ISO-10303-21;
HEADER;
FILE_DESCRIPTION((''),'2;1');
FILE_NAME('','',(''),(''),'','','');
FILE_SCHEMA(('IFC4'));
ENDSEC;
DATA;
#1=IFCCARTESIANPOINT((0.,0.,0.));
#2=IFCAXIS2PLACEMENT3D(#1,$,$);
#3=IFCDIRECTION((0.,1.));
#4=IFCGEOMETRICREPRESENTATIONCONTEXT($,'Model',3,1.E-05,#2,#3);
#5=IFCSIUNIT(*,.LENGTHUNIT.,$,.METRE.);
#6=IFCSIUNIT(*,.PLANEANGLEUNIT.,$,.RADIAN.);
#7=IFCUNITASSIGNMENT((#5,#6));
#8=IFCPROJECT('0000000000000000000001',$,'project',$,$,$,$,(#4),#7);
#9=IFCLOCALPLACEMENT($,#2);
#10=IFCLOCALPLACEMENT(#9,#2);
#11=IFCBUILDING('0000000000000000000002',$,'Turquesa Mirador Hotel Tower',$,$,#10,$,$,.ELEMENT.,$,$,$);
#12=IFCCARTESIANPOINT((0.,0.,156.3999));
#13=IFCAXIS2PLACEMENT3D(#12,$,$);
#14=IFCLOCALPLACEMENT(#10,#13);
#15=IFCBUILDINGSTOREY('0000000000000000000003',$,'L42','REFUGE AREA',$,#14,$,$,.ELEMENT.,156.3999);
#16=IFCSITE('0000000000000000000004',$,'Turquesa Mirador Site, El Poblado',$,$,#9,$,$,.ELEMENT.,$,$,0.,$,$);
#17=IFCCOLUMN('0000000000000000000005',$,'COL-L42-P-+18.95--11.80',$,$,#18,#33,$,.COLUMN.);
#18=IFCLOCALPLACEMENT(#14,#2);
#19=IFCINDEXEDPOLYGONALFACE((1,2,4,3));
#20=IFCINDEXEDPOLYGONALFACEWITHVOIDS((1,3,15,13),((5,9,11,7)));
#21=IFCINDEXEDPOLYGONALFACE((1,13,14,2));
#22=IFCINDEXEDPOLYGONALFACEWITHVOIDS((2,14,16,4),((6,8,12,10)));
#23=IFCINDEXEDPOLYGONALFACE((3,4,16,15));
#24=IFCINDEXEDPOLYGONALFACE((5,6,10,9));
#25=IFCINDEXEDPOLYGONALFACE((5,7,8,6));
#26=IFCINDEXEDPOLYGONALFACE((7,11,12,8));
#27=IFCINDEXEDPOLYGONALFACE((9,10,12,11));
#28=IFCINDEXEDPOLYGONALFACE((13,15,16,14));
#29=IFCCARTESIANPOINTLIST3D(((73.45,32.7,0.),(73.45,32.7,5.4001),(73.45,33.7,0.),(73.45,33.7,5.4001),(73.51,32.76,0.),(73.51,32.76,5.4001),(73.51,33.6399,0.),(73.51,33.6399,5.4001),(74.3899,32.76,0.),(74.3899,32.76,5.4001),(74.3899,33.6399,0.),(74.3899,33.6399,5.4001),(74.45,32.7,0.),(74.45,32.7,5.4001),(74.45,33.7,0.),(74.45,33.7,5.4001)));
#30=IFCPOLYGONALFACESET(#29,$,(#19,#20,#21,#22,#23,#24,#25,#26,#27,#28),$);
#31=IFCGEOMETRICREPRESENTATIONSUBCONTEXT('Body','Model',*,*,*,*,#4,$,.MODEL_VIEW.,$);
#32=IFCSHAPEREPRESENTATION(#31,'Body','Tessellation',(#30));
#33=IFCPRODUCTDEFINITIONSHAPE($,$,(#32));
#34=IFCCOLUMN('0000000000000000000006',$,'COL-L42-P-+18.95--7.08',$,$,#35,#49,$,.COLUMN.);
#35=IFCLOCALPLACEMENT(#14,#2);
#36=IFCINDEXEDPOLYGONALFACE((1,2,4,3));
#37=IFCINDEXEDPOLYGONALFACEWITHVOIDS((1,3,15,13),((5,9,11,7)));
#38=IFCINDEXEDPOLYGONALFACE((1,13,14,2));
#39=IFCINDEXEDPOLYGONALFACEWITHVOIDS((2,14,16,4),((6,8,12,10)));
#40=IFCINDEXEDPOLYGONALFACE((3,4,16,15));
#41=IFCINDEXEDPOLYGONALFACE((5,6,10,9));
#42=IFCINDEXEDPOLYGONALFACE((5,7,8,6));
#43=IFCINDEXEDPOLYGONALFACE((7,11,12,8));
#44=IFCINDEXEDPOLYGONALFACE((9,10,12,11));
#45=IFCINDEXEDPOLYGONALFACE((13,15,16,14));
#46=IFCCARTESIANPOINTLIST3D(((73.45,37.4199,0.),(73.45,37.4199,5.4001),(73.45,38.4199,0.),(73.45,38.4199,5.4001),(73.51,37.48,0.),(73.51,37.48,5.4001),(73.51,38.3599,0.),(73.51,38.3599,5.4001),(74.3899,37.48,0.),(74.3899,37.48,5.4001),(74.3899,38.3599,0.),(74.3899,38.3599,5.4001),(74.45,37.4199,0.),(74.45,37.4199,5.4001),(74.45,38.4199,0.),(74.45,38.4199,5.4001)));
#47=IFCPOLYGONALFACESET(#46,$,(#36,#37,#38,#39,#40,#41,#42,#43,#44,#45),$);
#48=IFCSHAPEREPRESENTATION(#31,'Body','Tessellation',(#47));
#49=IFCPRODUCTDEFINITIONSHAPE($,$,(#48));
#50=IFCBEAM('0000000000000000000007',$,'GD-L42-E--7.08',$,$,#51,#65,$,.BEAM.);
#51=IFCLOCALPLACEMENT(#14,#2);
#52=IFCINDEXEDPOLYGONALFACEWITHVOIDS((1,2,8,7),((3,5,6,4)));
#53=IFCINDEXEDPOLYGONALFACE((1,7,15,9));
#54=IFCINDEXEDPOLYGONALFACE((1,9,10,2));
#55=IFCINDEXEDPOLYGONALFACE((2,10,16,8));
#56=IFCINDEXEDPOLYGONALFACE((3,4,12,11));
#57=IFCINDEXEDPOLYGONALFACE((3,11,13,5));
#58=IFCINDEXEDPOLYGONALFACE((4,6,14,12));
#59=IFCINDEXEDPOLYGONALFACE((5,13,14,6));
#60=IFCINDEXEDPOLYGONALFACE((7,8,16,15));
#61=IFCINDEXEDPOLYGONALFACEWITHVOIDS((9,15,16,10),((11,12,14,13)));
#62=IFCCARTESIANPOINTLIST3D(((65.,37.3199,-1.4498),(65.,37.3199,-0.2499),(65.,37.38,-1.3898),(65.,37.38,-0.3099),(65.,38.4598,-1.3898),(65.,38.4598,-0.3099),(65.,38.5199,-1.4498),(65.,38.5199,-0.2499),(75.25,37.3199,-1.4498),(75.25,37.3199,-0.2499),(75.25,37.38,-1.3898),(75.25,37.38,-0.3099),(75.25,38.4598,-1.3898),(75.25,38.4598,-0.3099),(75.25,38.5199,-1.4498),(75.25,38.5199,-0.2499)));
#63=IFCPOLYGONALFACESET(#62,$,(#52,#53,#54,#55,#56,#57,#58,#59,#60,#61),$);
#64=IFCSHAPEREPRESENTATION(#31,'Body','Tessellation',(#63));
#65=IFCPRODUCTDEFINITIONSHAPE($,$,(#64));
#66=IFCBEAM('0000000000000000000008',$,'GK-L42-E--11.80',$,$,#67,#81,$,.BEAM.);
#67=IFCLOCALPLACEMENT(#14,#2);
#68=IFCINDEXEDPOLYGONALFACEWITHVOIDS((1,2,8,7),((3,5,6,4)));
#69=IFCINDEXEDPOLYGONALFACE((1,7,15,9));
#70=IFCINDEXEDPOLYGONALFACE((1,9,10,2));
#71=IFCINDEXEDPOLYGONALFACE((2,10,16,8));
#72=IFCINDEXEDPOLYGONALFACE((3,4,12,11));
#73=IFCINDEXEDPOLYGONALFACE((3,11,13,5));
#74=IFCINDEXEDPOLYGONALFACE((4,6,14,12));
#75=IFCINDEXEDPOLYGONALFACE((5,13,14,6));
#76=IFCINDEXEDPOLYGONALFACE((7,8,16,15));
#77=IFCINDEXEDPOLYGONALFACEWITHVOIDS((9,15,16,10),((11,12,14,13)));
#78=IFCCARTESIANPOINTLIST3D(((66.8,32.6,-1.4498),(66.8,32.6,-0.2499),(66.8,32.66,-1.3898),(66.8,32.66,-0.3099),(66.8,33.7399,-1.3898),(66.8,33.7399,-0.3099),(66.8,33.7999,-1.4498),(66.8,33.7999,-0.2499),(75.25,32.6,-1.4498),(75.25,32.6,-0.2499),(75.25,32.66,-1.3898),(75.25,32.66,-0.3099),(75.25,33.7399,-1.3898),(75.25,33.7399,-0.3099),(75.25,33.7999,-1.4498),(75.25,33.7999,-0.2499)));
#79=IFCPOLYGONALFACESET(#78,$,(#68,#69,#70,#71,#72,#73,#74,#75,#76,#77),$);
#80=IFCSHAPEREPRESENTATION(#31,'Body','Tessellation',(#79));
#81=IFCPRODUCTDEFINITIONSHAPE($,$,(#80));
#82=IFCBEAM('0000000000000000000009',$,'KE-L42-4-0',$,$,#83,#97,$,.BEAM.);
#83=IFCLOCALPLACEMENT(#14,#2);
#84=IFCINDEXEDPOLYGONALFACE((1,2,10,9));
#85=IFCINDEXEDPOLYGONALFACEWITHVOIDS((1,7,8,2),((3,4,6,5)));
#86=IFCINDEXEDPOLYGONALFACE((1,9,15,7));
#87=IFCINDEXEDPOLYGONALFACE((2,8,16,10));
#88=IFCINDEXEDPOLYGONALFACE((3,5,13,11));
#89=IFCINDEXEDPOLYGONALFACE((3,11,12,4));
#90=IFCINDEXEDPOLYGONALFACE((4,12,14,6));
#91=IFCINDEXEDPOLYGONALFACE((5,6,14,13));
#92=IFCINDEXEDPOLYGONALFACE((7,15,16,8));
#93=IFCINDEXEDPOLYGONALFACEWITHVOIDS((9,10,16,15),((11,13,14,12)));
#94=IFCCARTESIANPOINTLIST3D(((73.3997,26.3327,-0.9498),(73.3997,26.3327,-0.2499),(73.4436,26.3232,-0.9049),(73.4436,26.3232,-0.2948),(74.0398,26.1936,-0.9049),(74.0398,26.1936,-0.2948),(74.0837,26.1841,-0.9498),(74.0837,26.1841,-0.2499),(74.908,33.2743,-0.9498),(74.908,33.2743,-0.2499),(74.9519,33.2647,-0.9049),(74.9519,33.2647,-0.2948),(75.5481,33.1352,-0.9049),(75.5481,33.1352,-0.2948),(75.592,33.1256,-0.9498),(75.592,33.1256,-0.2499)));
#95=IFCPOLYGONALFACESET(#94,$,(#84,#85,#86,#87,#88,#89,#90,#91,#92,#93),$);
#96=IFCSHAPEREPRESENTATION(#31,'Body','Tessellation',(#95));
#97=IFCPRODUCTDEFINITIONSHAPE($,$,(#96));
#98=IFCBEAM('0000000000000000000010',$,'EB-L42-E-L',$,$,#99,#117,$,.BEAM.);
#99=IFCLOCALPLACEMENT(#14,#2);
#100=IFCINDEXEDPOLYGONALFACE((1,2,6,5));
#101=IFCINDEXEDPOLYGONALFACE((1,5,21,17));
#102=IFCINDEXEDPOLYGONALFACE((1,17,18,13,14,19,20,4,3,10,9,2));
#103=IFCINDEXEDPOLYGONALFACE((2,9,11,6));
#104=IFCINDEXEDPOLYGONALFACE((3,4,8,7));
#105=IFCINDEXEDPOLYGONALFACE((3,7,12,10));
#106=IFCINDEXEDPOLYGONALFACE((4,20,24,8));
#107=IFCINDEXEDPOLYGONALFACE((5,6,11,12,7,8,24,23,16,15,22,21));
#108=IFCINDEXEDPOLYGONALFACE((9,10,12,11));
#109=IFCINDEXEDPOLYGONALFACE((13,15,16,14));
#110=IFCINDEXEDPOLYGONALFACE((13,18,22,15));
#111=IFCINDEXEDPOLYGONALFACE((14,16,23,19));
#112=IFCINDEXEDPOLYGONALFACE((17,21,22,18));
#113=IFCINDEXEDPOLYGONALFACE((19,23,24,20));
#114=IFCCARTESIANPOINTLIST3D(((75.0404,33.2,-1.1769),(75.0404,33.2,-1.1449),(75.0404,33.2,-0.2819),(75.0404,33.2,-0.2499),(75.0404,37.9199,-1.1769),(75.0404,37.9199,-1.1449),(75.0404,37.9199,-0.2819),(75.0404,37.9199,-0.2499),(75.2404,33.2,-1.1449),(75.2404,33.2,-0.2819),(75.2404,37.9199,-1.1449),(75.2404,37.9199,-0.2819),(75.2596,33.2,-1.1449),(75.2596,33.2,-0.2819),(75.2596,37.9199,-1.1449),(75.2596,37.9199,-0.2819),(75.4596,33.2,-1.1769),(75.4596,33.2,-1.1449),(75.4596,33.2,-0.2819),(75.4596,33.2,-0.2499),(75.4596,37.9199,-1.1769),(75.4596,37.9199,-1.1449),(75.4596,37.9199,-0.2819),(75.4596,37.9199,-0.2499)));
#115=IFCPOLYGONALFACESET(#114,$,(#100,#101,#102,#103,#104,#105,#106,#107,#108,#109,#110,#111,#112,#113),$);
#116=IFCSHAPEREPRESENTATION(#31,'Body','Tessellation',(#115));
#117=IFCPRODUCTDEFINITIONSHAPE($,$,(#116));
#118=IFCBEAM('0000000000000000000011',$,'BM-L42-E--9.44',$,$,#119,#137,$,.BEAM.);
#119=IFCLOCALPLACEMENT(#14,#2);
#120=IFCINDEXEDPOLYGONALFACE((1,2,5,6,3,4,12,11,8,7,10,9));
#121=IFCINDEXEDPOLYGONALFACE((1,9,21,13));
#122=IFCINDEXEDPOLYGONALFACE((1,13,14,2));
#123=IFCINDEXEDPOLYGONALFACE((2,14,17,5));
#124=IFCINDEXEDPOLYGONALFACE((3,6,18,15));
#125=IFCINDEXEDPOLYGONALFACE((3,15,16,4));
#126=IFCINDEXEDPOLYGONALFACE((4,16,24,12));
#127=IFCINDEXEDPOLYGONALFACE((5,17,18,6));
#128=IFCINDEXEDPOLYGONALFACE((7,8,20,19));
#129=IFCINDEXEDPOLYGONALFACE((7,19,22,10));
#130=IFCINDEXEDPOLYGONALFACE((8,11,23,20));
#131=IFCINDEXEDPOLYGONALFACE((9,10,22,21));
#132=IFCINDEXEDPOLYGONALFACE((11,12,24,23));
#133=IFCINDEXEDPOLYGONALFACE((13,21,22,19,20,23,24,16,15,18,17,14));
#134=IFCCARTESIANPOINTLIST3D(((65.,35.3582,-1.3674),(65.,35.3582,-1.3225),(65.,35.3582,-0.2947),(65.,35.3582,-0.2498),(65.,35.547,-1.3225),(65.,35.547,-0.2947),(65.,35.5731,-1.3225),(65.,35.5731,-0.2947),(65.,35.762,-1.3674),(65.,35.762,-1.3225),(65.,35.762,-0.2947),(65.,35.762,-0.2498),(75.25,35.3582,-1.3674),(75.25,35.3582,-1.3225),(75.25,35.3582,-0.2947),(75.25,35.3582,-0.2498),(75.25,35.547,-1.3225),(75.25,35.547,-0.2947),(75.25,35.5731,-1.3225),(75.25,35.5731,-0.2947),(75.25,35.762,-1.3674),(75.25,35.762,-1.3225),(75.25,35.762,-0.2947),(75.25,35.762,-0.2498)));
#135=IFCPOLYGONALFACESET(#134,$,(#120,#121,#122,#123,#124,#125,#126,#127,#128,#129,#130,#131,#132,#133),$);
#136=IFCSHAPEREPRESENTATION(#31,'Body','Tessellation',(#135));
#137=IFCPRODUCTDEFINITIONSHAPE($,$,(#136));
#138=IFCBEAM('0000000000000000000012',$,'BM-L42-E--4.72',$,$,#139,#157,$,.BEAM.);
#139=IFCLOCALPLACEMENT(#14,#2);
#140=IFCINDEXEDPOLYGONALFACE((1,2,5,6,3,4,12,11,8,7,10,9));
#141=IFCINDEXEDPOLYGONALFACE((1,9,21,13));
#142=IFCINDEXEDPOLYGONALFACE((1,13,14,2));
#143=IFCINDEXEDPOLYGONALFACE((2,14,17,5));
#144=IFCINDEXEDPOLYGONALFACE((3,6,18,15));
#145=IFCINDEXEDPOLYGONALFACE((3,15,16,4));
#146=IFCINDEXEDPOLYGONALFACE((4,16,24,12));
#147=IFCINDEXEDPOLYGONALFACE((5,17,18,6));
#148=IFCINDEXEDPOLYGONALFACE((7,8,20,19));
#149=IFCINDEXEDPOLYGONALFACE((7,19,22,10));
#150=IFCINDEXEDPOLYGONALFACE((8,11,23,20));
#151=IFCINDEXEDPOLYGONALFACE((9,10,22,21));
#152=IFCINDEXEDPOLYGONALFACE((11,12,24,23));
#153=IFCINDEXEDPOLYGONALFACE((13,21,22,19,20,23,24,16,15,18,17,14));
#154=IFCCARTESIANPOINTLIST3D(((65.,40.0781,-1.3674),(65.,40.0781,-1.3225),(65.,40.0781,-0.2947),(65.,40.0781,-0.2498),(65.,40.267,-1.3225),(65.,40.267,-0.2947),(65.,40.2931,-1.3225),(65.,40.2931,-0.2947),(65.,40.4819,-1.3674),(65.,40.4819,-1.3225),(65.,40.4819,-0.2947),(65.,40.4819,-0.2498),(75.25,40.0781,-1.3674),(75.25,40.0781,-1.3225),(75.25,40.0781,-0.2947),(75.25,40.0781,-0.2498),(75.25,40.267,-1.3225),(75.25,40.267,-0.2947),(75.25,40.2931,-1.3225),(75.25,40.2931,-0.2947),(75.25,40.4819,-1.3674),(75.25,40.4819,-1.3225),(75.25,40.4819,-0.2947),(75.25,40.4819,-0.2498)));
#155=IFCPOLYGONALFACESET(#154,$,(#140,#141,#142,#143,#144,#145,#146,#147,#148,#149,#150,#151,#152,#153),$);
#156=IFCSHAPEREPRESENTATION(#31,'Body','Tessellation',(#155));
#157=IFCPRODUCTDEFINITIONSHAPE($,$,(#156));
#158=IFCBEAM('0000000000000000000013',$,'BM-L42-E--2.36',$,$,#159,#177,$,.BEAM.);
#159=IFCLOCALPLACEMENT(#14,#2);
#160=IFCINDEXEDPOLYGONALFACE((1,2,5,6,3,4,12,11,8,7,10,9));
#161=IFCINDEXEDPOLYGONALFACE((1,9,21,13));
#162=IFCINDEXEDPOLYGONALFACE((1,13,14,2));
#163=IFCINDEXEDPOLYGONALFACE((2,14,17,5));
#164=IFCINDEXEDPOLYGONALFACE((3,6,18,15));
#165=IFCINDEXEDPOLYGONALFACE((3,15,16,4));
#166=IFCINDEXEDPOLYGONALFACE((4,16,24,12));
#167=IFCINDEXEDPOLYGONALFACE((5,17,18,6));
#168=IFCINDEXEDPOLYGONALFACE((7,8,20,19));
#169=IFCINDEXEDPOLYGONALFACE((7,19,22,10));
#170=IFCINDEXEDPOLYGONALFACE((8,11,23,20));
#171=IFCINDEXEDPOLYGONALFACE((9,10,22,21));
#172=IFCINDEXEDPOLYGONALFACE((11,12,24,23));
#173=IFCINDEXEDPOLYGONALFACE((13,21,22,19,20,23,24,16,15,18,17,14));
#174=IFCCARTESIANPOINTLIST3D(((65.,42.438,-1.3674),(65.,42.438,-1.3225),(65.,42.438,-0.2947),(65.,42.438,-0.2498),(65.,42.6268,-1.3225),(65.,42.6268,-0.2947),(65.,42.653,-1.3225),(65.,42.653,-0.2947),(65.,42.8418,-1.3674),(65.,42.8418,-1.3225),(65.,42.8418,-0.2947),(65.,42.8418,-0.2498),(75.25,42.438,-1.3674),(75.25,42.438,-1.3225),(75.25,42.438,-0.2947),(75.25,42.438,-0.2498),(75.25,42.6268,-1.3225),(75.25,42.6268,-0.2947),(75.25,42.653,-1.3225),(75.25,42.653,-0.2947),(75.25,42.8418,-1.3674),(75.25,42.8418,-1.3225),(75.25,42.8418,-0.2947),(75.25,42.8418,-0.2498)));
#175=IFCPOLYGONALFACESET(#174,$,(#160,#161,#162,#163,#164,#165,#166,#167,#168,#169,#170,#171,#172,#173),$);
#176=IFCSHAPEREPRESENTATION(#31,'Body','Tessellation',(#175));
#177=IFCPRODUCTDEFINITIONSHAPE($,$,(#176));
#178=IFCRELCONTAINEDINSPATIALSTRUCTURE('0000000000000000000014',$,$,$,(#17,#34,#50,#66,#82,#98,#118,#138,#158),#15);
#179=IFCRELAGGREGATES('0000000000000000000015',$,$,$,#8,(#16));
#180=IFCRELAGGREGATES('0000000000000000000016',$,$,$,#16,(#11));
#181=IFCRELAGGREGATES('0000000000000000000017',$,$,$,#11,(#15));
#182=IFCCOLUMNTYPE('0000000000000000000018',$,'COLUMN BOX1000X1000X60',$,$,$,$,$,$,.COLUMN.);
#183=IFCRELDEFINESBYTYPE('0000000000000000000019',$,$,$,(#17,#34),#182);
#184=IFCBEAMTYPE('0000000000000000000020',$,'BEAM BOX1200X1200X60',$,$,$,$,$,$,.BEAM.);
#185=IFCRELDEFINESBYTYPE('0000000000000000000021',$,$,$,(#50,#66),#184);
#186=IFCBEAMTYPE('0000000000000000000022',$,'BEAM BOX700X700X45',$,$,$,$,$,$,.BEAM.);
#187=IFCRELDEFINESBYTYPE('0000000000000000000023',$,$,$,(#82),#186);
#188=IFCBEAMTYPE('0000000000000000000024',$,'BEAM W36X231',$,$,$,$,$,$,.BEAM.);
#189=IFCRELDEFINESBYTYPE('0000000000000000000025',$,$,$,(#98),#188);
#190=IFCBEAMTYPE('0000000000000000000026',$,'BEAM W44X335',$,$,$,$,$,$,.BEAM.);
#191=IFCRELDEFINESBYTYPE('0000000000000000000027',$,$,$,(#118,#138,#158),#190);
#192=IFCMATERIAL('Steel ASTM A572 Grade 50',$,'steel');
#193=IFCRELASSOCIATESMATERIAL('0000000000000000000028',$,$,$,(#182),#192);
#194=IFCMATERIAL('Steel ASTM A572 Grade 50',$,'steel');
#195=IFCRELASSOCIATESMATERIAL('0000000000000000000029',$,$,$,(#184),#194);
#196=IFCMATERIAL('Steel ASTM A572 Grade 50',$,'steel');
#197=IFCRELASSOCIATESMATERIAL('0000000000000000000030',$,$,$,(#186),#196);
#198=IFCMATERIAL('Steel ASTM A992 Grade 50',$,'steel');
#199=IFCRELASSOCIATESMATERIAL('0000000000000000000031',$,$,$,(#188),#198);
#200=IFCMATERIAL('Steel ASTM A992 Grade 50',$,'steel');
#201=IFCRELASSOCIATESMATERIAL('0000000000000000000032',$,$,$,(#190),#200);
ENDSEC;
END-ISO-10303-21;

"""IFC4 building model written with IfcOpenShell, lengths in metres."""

from ifc_helpers import new_model, si_unit, direction, frame, origin, origin_2d, place, context, subcontext, project, spatial, hollow_rectangle, i_section, extrude, material, material_profile, profile_set, type_object, element, save


model = new_model("IFC4")

# Units and contexts
model_context = context("Model", 3, precision=1e-05, world=origin(), true_north=direction((0.0, 1.0)))
body_context = subcontext(model_context, "Body", "Model", "MODEL_VIEW")
ifc_project = project(units=[si_unit("LENGTHUNIT", "METRE"), si_unit("PLANEANGLEUNIT", "RADIAN")], contexts=[model_context])

# Site, building, storey
site_placement = place(None, origin())
site = spatial("IfcSite", under=ifc_project, at=site_placement, Name="Turquesa Mirador Site, El Poblado", CompositionType="ELEMENT", RefElevation=0.0)
building_placement = place(site_placement, origin())
building = spatial("IfcBuilding", under=site, at=building_placement, Name="Turquesa Mirador Hotel Tower", CompositionType="ELEMENT")
storey_placement = place(building_placement, frame((0.0, 0.0, 156.3999)))
storey = spatial("IfcBuildingStorey", under=building, at=storey_placement, Name="L42", Description="REFUGE AREA", CompositionType="ELEMENT", Elevation=156.3999)

# Columns
ifc_material_1 = material(Name="Steel ASTM A572 Grade 50", Category="steel")
ifc_material_profile_1 = material_profile(ifc_material_1, hollow_rectangle(XDim=1.0, YDim=1.0, WallThickness=0.0601, at=origin_2d()), Name="BOX1000X1000X60")
ifc_profile_set_1 = profile_set([ifc_material_profile_1], Name="Steel ASTM A572 Grade 50")
column_type = type_object("IfcColumnType", Name="COLUMN BOX1000X1000X60", PredefinedType="COLUMN", material=ifc_profile_set_1)
for number, where, z_axis, x_axis, name in (
    (1, (73.95, 33.2, 0.0), (0.0, 0.0, 1.0), (1.0, 0.0, 0.0), "COL-L42-P-+18.95--11.80"),
    (2, (73.95, 37.9199, 0.0), (0.0, 0.0, 1.0), (1.0, 0.0, 0.0), "COL-L42-P-+18.95--7.08"),
):
    element("IfcColumn", number, at=place(storey_placement, frame(where, z_axis=z_axis, x_axis=x_axis)), inside=storey, type_object=column_type, Name=name, PredefinedType="COLUMN", context=body_context, shape_type="SweptSolid", body=[
        extrude(hollow_rectangle(XDim=1.0, YDim=1.0, WallThickness=0.0601, at=origin_2d()), origin(), (0.0, 0.0, 1.0), 5.4001),
    ])

# Beams
ifc_material_2 = material(Name="Steel ASTM A572 Grade 50", Category="steel")
ifc_material_profile_2 = material_profile(ifc_material_2, hollow_rectangle(XDim=1.2, YDim=1.2, WallThickness=0.0601, at=origin_2d()), Name="BOX1200X1200X60")
ifc_profile_set_2 = profile_set([ifc_material_profile_2], Name="Steel ASTM A572 Grade 50")
beam_type_1 = type_object("IfcBeamType", Name="BEAM BOX1200X1200X60", PredefinedType="BEAM", material=ifc_profile_set_2)
beam_1_placement = place(storey_placement, frame((75.25, 37.9199, -0.8499), z_axis=(-1.0, 0.0, 0.0), x_axis=(0.0, -1.0, 0.0)))
element("IfcBeam", 3, at=beam_1_placement, inside=storey, type_object=beam_type_1, Name="GD-L42-E--7.08", PredefinedType="BEAM", context=body_context, shape_type="SweptSolid", body=[
    extrude(hollow_rectangle(XDim=1.2, YDim=1.2, WallThickness=0.0601, at=origin_2d()), origin(), (0.0, 0.0, 1.0), 10.25),
])
beam_2_placement = place(storey_placement, frame((75.25, 33.2, -0.8499), z_axis=(-1.0, 0.0, 0.0), x_axis=(0.0, -1.0, 0.0)))
element("IfcBeam", 4, at=beam_2_placement, inside=storey, type_object=beam_type_1, Name="GK-L42-E--11.80", PredefinedType="BEAM", context=body_context, shape_type="SweptSolid", body=[
    extrude(hollow_rectangle(XDim=1.2, YDim=1.2, WallThickness=0.0601, at=origin_2d()), origin(), (0.0, 0.0, 1.0), 8.45),
])
ifc_material_3 = material(Name="Steel ASTM A572 Grade 50", Category="steel")
ifc_material_profile_3 = material_profile(ifc_material_3, hollow_rectangle(XDim=0.7, YDim=0.7, WallThickness=0.0449, at=origin_2d()), Name="BOX700X700X45")
ifc_profile_set_3 = profile_set([ifc_material_profile_3], Name="Steel ASTM A572 Grade 50")
beam_type_2 = type_object("IfcBeamType", Name="BEAM BOX700X700X45", PredefinedType="BEAM", material=ifc_profile_set_3)
beam_3_placement = place(storey_placement, frame((75.25, 33.2, -0.5999), z_axis=(-0.212328, -0.977198, 0.0), x_axis=(0.977198, -0.212328, 0.0)))
element("IfcBeam", 5, at=beam_3_placement, inside=storey, type_object=beam_type_2, Name="KE-L42-4-0", PredefinedType="BEAM", context=body_context, shape_type="SweptSolid", body=[
    extrude(hollow_rectangle(XDim=0.7, YDim=0.7, WallThickness=0.0449, at=origin_2d()), origin(), (0.0, 0.0, 1.0), 7.1035),
])
ifc_material_4 = material(Name="Steel ASTM A992 Grade 50", Category="steel")
ifc_material_profile_4 = material_profile(ifc_material_4, i_section(OverallWidth=0.4192, OverallDepth=0.927, WebThickness=0.0193, FlangeThickness=0.032, at=origin_2d()), Name="W36X231")
ifc_profile_set_4 = profile_set([ifc_material_profile_4], Name="Steel ASTM A992 Grade 50")
beam_type_3 = type_object("IfcBeamType", Name="BEAM W36X231", PredefinedType="BEAM", material=ifc_profile_set_4)
beam_4_placement = place(storey_placement, frame((75.25, 33.2, -0.7134), z_axis=(0.0, 1.0, 0.0), x_axis=(-1.0, 0.0, 0.0)))
element("IfcBeam", 6, at=beam_4_placement, inside=storey, type_object=beam_type_3, Name="EB-L42-E-L", PredefinedType="BEAM", context=body_context, shape_type="SweptSolid", body=[
    extrude(i_section(OverallWidth=0.4192, OverallDepth=0.927, WebThickness=0.0193, FlangeThickness=0.032, at=origin_2d()), origin(), (0.0, 0.0, 1.0), 4.72),
])
ifc_material_5 = material(Name="Steel ASTM A992 Grade 50", Category="steel")
ifc_material_profile_5 = material_profile(ifc_material_5, i_section(OverallWidth=0.4038, OverallDepth=1.1177, WebThickness=0.0261, FlangeThickness=0.0449, at=origin_2d()), Name="W44X335")
ifc_profile_set_5 = profile_set([ifc_material_profile_5], Name="Steel ASTM A992 Grade 50")
beam_type_4 = type_object("IfcBeamType", Name="BEAM W44X335", PredefinedType="BEAM", material=ifc_profile_set_5)
for number, where, z_axis, x_axis, name in (
    (7, (75.25, 35.5601, -0.8086), (-1.0, 0.0, 0.0), (0.0, -1.0, 0.0), "BM-L42-E--9.44"),
    (8, (75.25, 40.28, -0.8086), (-1.0, 0.0, 0.0), (0.0, -1.0, 0.0), "BM-L42-E--4.72"),
    (9, (75.25, 42.6399, -0.8086), (-1.0, 0.0, 0.0), (0.0, -1.0, 0.0), "BM-L42-E--2.36"),
):
    element("IfcBeam", number, at=place(storey_placement, frame(where, z_axis=z_axis, x_axis=x_axis)), inside=storey, type_object=beam_type_4, Name=name, PredefinedType="BEAM", context=body_context, shape_type="SweptSolid", body=[
        extrude(i_section(OverallWidth=0.4038, OverallDepth=1.1177, WebThickness=0.0261, FlangeThickness=0.0449, at=origin_2d()), origin(), (0.0, 0.0, 1.0), 10.25),
    ])

save(model, "model.ifc")
